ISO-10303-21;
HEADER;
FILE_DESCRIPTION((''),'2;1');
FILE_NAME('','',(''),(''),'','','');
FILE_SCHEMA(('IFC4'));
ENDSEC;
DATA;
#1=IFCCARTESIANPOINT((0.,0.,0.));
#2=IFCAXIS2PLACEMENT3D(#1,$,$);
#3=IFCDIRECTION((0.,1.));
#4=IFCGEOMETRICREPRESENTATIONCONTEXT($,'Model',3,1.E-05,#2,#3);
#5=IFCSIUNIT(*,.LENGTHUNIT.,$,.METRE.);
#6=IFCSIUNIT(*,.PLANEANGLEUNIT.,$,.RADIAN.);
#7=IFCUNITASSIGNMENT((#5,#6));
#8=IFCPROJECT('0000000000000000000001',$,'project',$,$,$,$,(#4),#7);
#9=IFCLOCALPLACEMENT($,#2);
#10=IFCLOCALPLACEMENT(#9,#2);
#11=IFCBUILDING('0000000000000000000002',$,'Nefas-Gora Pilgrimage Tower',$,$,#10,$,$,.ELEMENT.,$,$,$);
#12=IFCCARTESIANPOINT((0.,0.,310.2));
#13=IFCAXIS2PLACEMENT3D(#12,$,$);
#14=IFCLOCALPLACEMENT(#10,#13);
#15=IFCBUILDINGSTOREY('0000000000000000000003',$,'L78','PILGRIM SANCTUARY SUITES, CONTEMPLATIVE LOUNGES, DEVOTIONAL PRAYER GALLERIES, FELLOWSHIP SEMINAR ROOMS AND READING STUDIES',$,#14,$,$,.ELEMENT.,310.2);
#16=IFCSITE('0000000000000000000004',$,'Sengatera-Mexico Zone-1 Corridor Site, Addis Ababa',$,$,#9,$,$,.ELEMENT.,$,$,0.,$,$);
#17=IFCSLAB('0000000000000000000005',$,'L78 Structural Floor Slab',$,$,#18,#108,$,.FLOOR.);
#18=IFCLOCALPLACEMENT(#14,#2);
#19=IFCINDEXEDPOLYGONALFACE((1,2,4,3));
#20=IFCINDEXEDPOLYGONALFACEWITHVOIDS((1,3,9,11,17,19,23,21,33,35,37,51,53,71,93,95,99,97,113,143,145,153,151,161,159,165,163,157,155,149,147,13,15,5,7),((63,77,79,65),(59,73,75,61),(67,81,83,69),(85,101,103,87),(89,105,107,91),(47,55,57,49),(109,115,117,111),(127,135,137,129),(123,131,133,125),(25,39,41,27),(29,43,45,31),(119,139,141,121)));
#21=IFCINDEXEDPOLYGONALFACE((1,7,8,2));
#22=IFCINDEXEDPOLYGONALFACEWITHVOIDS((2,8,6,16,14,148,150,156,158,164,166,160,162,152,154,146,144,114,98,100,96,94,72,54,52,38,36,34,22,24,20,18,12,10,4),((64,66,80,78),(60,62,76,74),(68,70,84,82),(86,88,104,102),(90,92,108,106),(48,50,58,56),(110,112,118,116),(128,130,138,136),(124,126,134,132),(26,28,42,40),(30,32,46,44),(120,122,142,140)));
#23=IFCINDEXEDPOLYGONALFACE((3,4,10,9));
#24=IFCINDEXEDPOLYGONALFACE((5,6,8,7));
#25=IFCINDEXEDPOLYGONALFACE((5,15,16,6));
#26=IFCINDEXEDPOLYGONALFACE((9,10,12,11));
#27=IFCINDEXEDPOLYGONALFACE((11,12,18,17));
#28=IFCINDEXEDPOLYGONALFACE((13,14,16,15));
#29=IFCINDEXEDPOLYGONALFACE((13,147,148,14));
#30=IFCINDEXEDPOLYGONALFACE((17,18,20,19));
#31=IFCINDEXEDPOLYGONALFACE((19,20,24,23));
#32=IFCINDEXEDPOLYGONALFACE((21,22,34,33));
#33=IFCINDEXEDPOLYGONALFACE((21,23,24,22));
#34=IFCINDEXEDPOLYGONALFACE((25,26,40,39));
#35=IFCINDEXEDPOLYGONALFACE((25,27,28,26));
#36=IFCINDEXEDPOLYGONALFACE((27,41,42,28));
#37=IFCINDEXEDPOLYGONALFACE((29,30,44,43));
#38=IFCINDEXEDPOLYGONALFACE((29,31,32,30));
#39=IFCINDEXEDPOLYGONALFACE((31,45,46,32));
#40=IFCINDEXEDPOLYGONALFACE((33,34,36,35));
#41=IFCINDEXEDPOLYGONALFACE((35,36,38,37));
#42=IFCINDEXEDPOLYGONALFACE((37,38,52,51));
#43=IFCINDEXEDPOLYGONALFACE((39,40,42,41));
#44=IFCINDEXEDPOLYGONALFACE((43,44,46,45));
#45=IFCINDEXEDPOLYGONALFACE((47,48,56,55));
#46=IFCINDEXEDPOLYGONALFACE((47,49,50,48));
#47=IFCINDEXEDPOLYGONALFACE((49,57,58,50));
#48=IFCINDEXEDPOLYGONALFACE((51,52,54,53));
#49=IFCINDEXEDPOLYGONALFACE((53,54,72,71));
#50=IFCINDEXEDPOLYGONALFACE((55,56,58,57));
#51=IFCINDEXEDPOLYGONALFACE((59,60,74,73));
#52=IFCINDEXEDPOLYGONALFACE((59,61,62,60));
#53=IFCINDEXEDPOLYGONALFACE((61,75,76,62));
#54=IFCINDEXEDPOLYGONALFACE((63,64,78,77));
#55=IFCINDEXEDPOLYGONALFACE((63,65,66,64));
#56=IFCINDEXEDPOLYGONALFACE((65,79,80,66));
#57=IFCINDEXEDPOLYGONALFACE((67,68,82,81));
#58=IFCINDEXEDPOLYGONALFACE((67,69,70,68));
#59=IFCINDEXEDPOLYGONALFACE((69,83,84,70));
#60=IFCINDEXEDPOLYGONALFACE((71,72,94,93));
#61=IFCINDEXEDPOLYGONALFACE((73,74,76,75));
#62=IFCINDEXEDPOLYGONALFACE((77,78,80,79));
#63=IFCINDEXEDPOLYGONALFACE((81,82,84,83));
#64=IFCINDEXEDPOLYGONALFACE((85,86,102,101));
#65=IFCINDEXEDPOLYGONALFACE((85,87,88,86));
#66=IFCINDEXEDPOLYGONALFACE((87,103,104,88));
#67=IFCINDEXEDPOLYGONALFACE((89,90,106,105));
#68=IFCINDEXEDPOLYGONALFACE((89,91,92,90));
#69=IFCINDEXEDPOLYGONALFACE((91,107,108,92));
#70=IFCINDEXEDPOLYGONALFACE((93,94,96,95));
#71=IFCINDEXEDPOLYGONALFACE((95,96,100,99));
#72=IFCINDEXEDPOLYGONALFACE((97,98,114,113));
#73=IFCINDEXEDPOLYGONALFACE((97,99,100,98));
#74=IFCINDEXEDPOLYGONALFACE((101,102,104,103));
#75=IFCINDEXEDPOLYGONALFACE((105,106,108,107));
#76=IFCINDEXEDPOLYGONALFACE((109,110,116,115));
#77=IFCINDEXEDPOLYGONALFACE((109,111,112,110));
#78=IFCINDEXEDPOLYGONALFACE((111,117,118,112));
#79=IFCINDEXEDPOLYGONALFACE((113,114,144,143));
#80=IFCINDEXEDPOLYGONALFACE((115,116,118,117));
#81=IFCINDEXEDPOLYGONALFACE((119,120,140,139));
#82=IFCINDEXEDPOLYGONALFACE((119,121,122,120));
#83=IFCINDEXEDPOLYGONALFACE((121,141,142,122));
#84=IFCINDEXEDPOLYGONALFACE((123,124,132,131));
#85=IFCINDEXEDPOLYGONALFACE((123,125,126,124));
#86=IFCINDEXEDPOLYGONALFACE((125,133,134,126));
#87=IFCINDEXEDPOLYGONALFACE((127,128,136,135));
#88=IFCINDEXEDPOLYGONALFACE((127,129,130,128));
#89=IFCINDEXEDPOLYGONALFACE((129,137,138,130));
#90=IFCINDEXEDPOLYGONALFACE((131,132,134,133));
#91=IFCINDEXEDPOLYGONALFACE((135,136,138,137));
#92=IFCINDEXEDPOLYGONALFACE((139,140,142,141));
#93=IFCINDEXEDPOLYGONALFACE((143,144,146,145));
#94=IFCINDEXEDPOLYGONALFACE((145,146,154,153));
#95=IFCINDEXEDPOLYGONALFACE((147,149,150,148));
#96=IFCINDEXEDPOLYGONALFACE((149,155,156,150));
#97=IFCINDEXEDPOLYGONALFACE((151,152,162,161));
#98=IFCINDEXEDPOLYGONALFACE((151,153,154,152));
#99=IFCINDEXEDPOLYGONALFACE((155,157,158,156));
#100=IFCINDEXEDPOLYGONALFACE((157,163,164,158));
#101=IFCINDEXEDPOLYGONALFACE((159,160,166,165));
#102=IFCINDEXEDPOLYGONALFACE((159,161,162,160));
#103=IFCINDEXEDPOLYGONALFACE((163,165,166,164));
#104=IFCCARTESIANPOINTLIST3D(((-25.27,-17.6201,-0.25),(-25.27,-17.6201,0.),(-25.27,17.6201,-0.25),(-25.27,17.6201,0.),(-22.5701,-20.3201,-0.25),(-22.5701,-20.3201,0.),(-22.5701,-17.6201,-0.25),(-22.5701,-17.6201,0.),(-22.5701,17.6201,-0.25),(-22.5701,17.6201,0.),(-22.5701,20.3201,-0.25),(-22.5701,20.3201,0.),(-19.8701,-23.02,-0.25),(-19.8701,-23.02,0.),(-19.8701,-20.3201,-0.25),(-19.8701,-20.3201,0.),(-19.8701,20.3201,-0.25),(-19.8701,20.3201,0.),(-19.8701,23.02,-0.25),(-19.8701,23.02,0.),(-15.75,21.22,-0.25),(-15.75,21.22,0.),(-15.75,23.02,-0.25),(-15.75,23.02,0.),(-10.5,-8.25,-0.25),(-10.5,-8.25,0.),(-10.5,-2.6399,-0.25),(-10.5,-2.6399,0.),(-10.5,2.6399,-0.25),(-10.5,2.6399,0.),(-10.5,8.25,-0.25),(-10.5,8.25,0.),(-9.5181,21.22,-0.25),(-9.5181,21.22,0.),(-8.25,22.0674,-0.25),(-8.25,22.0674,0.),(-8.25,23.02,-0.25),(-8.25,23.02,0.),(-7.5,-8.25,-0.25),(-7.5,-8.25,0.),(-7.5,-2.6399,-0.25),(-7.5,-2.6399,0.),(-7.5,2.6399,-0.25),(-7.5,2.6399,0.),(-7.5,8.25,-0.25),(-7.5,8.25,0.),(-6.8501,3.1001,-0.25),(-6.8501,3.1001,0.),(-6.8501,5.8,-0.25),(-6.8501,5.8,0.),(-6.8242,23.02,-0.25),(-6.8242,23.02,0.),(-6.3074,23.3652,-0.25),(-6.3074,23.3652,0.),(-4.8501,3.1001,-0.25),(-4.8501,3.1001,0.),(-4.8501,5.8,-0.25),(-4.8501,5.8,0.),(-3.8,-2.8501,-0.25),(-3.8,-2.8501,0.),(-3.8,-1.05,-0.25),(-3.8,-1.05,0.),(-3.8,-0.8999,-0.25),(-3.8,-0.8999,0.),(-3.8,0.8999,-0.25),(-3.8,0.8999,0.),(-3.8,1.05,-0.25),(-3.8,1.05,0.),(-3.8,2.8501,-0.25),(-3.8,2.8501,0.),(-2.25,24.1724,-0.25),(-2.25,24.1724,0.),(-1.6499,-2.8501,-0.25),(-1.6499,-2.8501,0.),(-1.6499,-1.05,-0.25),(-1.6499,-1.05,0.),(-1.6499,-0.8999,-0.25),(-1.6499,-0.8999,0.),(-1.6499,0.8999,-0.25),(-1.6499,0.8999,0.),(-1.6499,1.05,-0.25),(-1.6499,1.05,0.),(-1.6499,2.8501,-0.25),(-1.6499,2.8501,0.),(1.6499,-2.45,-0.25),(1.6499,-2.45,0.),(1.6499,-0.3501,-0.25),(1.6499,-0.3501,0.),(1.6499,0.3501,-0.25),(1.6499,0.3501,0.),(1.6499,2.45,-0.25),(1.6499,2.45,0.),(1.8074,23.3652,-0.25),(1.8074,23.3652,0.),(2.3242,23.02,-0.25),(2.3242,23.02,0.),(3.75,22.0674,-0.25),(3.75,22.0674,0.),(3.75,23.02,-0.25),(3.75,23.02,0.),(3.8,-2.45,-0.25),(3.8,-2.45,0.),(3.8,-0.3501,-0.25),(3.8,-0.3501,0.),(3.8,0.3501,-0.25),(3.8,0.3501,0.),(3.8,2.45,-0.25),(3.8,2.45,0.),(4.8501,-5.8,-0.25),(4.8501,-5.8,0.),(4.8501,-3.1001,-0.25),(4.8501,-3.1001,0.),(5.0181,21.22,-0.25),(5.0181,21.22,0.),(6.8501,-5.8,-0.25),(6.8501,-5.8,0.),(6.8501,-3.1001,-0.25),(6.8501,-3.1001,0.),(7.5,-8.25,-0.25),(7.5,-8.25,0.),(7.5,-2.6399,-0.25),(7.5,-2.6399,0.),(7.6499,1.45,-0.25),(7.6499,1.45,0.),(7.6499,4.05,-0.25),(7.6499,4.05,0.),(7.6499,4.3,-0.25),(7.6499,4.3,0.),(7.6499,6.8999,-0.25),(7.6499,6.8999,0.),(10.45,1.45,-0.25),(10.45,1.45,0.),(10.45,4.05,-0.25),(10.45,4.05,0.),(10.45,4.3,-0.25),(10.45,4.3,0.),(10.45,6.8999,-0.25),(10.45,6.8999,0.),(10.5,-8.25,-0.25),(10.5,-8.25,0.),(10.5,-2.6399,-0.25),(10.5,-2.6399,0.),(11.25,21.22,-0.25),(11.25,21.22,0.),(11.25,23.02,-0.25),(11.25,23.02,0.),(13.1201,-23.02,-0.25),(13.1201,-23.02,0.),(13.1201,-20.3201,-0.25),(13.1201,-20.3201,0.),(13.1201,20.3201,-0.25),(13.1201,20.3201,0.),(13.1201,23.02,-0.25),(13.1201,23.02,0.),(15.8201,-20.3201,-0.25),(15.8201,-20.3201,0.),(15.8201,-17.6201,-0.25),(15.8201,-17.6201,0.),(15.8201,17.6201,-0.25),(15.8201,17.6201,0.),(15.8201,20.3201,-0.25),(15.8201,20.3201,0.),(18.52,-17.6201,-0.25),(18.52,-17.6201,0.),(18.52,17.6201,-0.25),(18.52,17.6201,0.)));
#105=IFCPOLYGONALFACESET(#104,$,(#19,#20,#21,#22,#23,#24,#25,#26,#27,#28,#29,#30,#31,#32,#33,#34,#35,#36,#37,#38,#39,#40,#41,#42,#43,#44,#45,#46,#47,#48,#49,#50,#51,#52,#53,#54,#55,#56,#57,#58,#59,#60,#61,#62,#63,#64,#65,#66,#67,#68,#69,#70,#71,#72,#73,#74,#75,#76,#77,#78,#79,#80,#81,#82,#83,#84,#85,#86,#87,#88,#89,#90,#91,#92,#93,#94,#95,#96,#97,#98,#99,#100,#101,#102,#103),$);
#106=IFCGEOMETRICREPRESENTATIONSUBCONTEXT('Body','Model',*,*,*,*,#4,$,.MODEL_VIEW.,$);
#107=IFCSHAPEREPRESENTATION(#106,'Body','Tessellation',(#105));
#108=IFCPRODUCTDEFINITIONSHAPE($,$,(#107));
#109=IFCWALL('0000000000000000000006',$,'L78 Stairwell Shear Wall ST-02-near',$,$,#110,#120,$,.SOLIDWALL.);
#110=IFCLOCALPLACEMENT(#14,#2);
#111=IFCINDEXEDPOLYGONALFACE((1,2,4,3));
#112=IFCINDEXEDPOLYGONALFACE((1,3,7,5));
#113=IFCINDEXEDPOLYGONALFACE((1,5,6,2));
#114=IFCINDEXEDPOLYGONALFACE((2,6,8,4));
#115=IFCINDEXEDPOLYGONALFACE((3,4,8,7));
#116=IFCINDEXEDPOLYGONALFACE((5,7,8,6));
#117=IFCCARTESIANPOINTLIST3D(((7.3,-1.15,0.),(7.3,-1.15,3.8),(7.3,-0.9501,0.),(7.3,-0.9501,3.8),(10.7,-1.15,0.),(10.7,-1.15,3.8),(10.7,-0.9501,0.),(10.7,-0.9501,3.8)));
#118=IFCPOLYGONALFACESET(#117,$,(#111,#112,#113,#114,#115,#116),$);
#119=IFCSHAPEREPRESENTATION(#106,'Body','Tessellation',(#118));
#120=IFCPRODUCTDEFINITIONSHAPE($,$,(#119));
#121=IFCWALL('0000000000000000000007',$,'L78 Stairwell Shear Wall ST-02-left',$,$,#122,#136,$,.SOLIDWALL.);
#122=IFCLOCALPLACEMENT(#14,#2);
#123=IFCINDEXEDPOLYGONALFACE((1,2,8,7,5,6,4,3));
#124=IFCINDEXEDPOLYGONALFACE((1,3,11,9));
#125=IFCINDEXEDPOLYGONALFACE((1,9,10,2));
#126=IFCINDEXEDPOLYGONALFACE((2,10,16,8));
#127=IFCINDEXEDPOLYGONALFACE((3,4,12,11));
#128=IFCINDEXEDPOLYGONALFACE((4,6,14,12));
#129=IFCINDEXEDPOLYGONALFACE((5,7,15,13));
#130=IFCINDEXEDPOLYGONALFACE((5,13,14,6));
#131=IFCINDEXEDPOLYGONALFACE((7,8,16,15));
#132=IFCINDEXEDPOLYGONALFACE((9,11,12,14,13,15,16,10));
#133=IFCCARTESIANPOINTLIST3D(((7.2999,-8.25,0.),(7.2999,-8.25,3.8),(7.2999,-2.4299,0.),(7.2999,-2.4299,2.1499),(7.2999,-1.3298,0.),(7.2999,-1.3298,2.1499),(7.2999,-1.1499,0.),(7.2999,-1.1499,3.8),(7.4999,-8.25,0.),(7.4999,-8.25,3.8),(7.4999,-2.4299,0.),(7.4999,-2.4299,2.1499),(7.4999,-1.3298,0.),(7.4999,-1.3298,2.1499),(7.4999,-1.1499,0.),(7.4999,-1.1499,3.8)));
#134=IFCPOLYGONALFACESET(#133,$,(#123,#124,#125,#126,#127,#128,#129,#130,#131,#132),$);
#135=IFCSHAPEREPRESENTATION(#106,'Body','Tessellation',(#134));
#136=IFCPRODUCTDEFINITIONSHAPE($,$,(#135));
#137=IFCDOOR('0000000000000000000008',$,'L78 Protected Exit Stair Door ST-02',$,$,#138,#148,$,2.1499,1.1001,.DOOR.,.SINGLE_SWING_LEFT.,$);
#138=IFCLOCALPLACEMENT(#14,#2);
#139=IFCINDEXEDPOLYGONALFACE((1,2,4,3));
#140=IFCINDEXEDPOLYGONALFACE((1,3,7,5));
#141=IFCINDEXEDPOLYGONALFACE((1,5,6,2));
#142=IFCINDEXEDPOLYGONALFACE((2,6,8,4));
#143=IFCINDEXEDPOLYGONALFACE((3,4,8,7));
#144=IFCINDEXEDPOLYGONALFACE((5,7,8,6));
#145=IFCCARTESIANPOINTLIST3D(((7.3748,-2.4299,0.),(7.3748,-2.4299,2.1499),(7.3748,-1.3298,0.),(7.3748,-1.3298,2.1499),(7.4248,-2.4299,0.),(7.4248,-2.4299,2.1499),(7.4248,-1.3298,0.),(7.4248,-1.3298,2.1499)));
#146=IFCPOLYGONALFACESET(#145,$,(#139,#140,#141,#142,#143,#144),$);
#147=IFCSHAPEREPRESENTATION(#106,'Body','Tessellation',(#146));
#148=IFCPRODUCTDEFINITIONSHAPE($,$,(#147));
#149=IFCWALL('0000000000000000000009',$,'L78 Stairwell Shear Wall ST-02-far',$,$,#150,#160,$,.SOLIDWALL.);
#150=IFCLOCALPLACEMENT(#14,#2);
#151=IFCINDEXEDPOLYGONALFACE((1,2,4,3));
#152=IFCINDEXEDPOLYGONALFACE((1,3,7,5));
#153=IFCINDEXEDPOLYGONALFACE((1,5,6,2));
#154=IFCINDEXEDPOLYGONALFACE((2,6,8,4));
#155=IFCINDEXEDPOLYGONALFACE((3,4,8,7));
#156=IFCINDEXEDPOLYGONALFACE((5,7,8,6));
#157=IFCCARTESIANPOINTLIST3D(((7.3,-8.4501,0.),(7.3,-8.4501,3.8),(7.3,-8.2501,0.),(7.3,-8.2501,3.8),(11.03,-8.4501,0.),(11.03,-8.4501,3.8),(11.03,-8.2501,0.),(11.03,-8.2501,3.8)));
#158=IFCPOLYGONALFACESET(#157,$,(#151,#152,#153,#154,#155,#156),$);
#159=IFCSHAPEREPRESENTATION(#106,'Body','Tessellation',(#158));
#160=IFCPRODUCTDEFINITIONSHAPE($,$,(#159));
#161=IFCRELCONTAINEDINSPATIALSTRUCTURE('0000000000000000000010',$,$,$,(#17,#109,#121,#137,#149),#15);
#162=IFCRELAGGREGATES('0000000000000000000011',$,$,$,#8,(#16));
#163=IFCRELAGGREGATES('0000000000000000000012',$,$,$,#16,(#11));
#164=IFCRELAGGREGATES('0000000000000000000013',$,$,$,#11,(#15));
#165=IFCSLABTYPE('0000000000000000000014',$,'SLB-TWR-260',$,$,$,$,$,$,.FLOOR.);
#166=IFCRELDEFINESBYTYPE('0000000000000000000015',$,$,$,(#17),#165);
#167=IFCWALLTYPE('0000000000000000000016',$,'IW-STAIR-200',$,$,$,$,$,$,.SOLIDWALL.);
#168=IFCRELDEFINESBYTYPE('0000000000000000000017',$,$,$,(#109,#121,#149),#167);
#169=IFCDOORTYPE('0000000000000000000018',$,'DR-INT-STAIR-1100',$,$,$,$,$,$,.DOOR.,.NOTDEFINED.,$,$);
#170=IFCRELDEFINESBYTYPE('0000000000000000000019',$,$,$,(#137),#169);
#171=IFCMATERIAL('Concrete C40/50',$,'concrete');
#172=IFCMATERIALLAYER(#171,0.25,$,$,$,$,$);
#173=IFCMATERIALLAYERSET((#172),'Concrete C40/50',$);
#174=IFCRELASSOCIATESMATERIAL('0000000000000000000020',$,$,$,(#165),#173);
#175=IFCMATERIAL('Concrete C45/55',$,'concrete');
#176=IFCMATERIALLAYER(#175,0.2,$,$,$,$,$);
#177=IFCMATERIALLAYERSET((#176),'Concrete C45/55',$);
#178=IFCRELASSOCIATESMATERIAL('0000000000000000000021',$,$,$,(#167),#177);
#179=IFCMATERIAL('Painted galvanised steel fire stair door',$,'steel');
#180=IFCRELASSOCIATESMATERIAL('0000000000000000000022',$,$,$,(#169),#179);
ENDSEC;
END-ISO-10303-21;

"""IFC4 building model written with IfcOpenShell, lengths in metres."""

from ifc_helpers import new_model, si_unit, direction, frame, frame_2d, origin, place, context, subcontext, project, spatial, polyline, rectangle, outline, extrude, source, transform, mapped, material, layer, layer_set, type_object, element, fill, save


model = new_model("IFC4")

# Units and contexts
model_context = context("Model", 3, precision=1e-05, world=origin(), true_north=direction((0.0, 1.0)))
body_context = subcontext(model_context, "Body", "Model", "MODEL_VIEW")
ifc_project = project(units=[si_unit("LENGTHUNIT", "METRE"), si_unit("PLANEANGLEUNIT", "RADIAN")], contexts=[model_context])

# Site, building, storey
site_placement = place(None, origin())
site = spatial("IfcSite", under=ifc_project, at=site_placement, Name="Sengatera-Mexico Zone-1 Corridor Site, Addis Ababa", CompositionType="ELEMENT", RefElevation=0.0)
building_placement = place(site_placement, origin())
building = spatial("IfcBuilding", under=site, at=building_placement, Name="Nefas-Gora Pilgrimage Tower", CompositionType="ELEMENT")
storey_placement = place(building_placement, frame((0.0, 0.0, 310.2)))
storey = spatial("IfcBuildingStorey", under=building, at=storey_placement, Name="L78", Description="PILGRIM SANCTUARY SUITES, CONTEMPLATIVE LOUNGES, DEVOTIONAL PRAYER GALLERIES, FELLOWSHIP SEMINAR ROOMS AND READING STUDIES", CompositionType="ELEMENT", Elevation=310.2)

# Slab
ifc_material_1 = material(Name="Concrete C40/50", Category="concrete")
ifc_layer_1 = layer(ifc_material_1, 0.25)
ifc_layer_set_1 = layer_set([ifc_layer_1], Name="Concrete C40/50")
slab_type_1 = type_object("IfcSlabType", Name="SLB-TWR-260", PredefinedType="FLOOR", material=ifc_layer_set_1)
slab_1_placement = place(storey_placement, frame((0.0, 0.0, -0.25)))
element("IfcSlab", 1, at=slab_1_placement, inside=storey, type_object=slab_type_1, Name="L78 Structural Floor Slab", PredefinedType="FLOOR", context=body_context, shape_type="SweptSolid", body=[
    extrude(outline(polyline([(15.8201, -17.6201), (18.52, -17.6201), (18.52, 17.6201), (15.8201, 17.6201), (15.8201, 20.3201), (13.1201, 20.3201), (13.1201, 23.02), (11.25, 23.02), (11.25, 21.22), (5.0181, 21.22), (3.75, 22.0674), (3.75, 23.02), (2.3242, 23.02), (1.8074, 23.3652), (-2.25, 24.1724), (-6.3074, 23.3652), (-6.8242, 23.02), (-8.25, 23.02), (-8.25, 22.0674), (-9.5181, 21.22), (-15.75, 21.22), (-15.75, 23.02), (-19.8701, 23.02), (-19.8701, 20.3201), (-22.5701, 20.3201), (-22.5701, 17.6201), (-25.27, 17.6201), (-25.27, -17.6201), (-22.5701, -17.6201), (-22.5701, -20.3201), (-19.8701, -20.3201), (-19.8701, -23.02), (13.1201, -23.02), (13.1201, -20.3201), (15.8201, -20.3201), (15.8201, -17.6201)]), holes=[polyline([(-10.5, 2.6399), (-10.5, 8.25), (-7.5, 8.25), (-7.5, 2.6399), (-10.5, 2.6399)]), polyline([(10.5, -2.6399), (10.5, -8.25), (7.5, -8.25), (7.5, -2.6399), (10.5, -2.6399)]), polyline([(-7.5, -2.6399), (-7.5, -8.25), (-10.5, -8.25), (-10.5, -2.6399), (-7.5, -2.6399)]), polyline([(-6.8501, 5.8), (-4.8501, 5.8), (-4.8501, 3.1001), (-6.8501, 3.1001), (-6.8501, 5.8)]), polyline([(4.8501, -3.1001), (6.8501, -3.1001), (6.8501, -5.8), (4.8501, -5.8), (4.8501, -3.1001)]), polyline([(7.6499, 4.05), (10.45, 4.05), (10.45, 1.45), (7.6499, 1.45), (7.6499, 4.05)]), polyline([(7.6499, 6.8999), (10.45, 6.8999), (10.45, 4.3), (7.6499, 4.3), (7.6499, 6.8999)]), polyline([(-3.8, -1.05), (-1.6499, -1.05), (-1.6499, -2.8501), (-3.8, -2.8501), (-3.8, -1.05)]), polyline([(-3.8, 0.8999), (-1.6499, 0.8999), (-1.6499, -0.8999), (-3.8, -0.8999), (-3.8, 0.8999)]), polyline([(-3.8, 2.8501), (-1.6499, 2.8501), (-1.6499, 1.05), (-3.8, 1.05), (-3.8, 2.8501)]), polyline([(1.6499, -0.3501), (3.8, -0.3501), (3.8, -2.45), (1.6499, -2.45), (1.6499, -0.3501)]), polyline([(1.6499, 2.45), (3.8, 2.45), (3.8, 0.3501), (1.6499, 0.3501), (1.6499, 2.45)])]), origin(), (0.0, 0.0, 1.0), 0.25),
])

# Wall
ifc_material_2 = material(Name="Concrete C45/55", Category="concrete")
ifc_layer_2 = layer(ifc_material_2, 0.2)
ifc_layer_set_2 = layer_set([ifc_layer_2], Name="Concrete C45/55")
wall_type_1 = type_object("IfcWallType", Name="IW-STAIR-200", PredefinedType="SOLIDWALL", material=ifc_layer_set_2)
shared_shape_1 = source(origin(), body_context, "Body", "SweptSolid", [
    extrude(rectangle(XDim=3.3999, YDim=0.2, at=frame_2d((1.7, 0.0))), origin(), (0.0, 0.0, 1.0), 3.8),
])
wall_1_placement = place(storey_placement, frame((7.3, -1.05, 0.0), z_axis=(0.0, 0.0, 1.0), x_axis=(1.0, 0.0, 0.0)))
element("IfcWall", 2, at=wall_1_placement, inside=storey, type_object=wall_type_1, Name="L78 Stairwell Shear Wall ST-02-near", PredefinedType="SOLIDWALL", context=body_context, shape_type="MappedRepresentation", body=[
    mapped(shared_shape_1, transform((0.0, 0.0, 0.0), x_axis=(1.0, 0.0, 0.0), y_axis=(0.0, 1.0, 0.0), z_axis=(0.0, 0.0, 1.0), scale=1.0)),
])

# Wall, opening, door
shared_shape_2 = source(origin(), body_context, "Body", "SweptSolid", [
    extrude(rectangle(XDim=7.1001, YDim=0.2, at=frame_2d((3.55, 0.0))), origin(), (0.0, 0.0, 1.0), 3.8),
])
wall_2_placement = place(storey_placement, frame((7.3999, -1.1499, 0.0), z_axis=(0.0, 0.0, 1.0), x_axis=(0.0, -1.0, 0.0)))
wall_2 = element("IfcWall", 3, at=wall_2_placement, inside=storey, type_object=wall_type_1, Name="L78 Stairwell Shear Wall ST-02-left", PredefinedType="SOLIDWALL", context=body_context, shape_type="MappedRepresentation", body=[
    mapped(shared_shape_2, transform((0.0, 0.0, 0.0), x_axis=(1.0, 0.0, 0.0), y_axis=(0.0, 1.0, 0.0), z_axis=(0.0, 0.0, 1.0), scale=1.0)),
])
opening_1_placement = place(wall_2_placement, frame((0.1799, 0.0, 0.0)))
opening_1 = element("IfcOpeningElement", 4, at=opening_1_placement, cuts=wall_2, PredefinedType="OPENING", context=body_context, shape_type="SweptSolid", body=[
    extrude(rectangle(XDim=1.1001, YDim=2.1499, at=frame_2d((0.55, 1.075))), frame((0.0, 0.1099, 0.0), z_axis=(0.0, -1.0, 0.0), x_axis=(1.0, 0.0, 0.0)), (0.0, 0.0, 1.0), 0.22),
])
ifc_material_3 = material(Name="Painted galvanised steel fire stair door", Category="steel")
door_type_1 = type_object("IfcDoorType", Name="DR-INT-STAIR-1100", OperationType="NOTDEFINED", PredefinedType="DOOR", material=ifc_material_3)
shared_shape_3 = source(origin(), body_context, "Body", "SweptSolid", [
    extrude(rectangle(XDim=1.1001, YDim=2.1499, at=frame_2d((0.55, 1.075))), frame((0.0, 0.0249, 0.0), z_axis=(0.0, -1.0, 0.0), x_axis=(1.0, 0.0, 0.0)), (0.0, 0.0, 1.0), 0.05),
])
door_1_placement = place(opening_1_placement, origin())
door_1 = element("IfcDoor", 5, at=door_1_placement, inside=storey, type_object=door_type_1, Name="L78 Protected Exit Stair Door ST-02", OperationType="SINGLE_SWING_LEFT", OverallHeight=2.1499, OverallWidth=1.1001, PredefinedType="DOOR", context=body_context, shape_type="MappedRepresentation", body=[
    mapped(shared_shape_3, transform((0.0, 0.0, 0.0), x_axis=(1.0, 0.0, 0.0), y_axis=(0.0, 1.0, 0.0), z_axis=(0.0, 0.0, 1.0), scale=1.0)),
])
fill(opening_1, door_1)

# Wall
shared_shape_4 = source(origin(), body_context, "Body", "SweptSolid", [
    extrude(rectangle(XDim=3.73, YDim=0.2, at=frame_2d((1.865, 0.0))), origin(), (0.0, 0.0, 1.0), 3.8),
])
wall_3_placement = place(storey_placement, frame((7.3, -8.3501, 0.0), z_axis=(0.0, 0.0, 1.0), x_axis=(1.0, 0.0, 0.0)))
element("IfcWall", 6, at=wall_3_placement, inside=storey, type_object=wall_type_1, Name="L78 Stairwell Shear Wall ST-02-far", PredefinedType="SOLIDWALL", context=body_context, shape_type="MappedRepresentation", body=[
    mapped(shared_shape_4, transform((0.0, 0.0, 0.0), x_axis=(1.0, 0.0, 0.0), y_axis=(0.0, 1.0, 0.0), z_axis=(0.0, 0.0, 1.0), scale=1.0)),
])

save(model, "model.ifc")
